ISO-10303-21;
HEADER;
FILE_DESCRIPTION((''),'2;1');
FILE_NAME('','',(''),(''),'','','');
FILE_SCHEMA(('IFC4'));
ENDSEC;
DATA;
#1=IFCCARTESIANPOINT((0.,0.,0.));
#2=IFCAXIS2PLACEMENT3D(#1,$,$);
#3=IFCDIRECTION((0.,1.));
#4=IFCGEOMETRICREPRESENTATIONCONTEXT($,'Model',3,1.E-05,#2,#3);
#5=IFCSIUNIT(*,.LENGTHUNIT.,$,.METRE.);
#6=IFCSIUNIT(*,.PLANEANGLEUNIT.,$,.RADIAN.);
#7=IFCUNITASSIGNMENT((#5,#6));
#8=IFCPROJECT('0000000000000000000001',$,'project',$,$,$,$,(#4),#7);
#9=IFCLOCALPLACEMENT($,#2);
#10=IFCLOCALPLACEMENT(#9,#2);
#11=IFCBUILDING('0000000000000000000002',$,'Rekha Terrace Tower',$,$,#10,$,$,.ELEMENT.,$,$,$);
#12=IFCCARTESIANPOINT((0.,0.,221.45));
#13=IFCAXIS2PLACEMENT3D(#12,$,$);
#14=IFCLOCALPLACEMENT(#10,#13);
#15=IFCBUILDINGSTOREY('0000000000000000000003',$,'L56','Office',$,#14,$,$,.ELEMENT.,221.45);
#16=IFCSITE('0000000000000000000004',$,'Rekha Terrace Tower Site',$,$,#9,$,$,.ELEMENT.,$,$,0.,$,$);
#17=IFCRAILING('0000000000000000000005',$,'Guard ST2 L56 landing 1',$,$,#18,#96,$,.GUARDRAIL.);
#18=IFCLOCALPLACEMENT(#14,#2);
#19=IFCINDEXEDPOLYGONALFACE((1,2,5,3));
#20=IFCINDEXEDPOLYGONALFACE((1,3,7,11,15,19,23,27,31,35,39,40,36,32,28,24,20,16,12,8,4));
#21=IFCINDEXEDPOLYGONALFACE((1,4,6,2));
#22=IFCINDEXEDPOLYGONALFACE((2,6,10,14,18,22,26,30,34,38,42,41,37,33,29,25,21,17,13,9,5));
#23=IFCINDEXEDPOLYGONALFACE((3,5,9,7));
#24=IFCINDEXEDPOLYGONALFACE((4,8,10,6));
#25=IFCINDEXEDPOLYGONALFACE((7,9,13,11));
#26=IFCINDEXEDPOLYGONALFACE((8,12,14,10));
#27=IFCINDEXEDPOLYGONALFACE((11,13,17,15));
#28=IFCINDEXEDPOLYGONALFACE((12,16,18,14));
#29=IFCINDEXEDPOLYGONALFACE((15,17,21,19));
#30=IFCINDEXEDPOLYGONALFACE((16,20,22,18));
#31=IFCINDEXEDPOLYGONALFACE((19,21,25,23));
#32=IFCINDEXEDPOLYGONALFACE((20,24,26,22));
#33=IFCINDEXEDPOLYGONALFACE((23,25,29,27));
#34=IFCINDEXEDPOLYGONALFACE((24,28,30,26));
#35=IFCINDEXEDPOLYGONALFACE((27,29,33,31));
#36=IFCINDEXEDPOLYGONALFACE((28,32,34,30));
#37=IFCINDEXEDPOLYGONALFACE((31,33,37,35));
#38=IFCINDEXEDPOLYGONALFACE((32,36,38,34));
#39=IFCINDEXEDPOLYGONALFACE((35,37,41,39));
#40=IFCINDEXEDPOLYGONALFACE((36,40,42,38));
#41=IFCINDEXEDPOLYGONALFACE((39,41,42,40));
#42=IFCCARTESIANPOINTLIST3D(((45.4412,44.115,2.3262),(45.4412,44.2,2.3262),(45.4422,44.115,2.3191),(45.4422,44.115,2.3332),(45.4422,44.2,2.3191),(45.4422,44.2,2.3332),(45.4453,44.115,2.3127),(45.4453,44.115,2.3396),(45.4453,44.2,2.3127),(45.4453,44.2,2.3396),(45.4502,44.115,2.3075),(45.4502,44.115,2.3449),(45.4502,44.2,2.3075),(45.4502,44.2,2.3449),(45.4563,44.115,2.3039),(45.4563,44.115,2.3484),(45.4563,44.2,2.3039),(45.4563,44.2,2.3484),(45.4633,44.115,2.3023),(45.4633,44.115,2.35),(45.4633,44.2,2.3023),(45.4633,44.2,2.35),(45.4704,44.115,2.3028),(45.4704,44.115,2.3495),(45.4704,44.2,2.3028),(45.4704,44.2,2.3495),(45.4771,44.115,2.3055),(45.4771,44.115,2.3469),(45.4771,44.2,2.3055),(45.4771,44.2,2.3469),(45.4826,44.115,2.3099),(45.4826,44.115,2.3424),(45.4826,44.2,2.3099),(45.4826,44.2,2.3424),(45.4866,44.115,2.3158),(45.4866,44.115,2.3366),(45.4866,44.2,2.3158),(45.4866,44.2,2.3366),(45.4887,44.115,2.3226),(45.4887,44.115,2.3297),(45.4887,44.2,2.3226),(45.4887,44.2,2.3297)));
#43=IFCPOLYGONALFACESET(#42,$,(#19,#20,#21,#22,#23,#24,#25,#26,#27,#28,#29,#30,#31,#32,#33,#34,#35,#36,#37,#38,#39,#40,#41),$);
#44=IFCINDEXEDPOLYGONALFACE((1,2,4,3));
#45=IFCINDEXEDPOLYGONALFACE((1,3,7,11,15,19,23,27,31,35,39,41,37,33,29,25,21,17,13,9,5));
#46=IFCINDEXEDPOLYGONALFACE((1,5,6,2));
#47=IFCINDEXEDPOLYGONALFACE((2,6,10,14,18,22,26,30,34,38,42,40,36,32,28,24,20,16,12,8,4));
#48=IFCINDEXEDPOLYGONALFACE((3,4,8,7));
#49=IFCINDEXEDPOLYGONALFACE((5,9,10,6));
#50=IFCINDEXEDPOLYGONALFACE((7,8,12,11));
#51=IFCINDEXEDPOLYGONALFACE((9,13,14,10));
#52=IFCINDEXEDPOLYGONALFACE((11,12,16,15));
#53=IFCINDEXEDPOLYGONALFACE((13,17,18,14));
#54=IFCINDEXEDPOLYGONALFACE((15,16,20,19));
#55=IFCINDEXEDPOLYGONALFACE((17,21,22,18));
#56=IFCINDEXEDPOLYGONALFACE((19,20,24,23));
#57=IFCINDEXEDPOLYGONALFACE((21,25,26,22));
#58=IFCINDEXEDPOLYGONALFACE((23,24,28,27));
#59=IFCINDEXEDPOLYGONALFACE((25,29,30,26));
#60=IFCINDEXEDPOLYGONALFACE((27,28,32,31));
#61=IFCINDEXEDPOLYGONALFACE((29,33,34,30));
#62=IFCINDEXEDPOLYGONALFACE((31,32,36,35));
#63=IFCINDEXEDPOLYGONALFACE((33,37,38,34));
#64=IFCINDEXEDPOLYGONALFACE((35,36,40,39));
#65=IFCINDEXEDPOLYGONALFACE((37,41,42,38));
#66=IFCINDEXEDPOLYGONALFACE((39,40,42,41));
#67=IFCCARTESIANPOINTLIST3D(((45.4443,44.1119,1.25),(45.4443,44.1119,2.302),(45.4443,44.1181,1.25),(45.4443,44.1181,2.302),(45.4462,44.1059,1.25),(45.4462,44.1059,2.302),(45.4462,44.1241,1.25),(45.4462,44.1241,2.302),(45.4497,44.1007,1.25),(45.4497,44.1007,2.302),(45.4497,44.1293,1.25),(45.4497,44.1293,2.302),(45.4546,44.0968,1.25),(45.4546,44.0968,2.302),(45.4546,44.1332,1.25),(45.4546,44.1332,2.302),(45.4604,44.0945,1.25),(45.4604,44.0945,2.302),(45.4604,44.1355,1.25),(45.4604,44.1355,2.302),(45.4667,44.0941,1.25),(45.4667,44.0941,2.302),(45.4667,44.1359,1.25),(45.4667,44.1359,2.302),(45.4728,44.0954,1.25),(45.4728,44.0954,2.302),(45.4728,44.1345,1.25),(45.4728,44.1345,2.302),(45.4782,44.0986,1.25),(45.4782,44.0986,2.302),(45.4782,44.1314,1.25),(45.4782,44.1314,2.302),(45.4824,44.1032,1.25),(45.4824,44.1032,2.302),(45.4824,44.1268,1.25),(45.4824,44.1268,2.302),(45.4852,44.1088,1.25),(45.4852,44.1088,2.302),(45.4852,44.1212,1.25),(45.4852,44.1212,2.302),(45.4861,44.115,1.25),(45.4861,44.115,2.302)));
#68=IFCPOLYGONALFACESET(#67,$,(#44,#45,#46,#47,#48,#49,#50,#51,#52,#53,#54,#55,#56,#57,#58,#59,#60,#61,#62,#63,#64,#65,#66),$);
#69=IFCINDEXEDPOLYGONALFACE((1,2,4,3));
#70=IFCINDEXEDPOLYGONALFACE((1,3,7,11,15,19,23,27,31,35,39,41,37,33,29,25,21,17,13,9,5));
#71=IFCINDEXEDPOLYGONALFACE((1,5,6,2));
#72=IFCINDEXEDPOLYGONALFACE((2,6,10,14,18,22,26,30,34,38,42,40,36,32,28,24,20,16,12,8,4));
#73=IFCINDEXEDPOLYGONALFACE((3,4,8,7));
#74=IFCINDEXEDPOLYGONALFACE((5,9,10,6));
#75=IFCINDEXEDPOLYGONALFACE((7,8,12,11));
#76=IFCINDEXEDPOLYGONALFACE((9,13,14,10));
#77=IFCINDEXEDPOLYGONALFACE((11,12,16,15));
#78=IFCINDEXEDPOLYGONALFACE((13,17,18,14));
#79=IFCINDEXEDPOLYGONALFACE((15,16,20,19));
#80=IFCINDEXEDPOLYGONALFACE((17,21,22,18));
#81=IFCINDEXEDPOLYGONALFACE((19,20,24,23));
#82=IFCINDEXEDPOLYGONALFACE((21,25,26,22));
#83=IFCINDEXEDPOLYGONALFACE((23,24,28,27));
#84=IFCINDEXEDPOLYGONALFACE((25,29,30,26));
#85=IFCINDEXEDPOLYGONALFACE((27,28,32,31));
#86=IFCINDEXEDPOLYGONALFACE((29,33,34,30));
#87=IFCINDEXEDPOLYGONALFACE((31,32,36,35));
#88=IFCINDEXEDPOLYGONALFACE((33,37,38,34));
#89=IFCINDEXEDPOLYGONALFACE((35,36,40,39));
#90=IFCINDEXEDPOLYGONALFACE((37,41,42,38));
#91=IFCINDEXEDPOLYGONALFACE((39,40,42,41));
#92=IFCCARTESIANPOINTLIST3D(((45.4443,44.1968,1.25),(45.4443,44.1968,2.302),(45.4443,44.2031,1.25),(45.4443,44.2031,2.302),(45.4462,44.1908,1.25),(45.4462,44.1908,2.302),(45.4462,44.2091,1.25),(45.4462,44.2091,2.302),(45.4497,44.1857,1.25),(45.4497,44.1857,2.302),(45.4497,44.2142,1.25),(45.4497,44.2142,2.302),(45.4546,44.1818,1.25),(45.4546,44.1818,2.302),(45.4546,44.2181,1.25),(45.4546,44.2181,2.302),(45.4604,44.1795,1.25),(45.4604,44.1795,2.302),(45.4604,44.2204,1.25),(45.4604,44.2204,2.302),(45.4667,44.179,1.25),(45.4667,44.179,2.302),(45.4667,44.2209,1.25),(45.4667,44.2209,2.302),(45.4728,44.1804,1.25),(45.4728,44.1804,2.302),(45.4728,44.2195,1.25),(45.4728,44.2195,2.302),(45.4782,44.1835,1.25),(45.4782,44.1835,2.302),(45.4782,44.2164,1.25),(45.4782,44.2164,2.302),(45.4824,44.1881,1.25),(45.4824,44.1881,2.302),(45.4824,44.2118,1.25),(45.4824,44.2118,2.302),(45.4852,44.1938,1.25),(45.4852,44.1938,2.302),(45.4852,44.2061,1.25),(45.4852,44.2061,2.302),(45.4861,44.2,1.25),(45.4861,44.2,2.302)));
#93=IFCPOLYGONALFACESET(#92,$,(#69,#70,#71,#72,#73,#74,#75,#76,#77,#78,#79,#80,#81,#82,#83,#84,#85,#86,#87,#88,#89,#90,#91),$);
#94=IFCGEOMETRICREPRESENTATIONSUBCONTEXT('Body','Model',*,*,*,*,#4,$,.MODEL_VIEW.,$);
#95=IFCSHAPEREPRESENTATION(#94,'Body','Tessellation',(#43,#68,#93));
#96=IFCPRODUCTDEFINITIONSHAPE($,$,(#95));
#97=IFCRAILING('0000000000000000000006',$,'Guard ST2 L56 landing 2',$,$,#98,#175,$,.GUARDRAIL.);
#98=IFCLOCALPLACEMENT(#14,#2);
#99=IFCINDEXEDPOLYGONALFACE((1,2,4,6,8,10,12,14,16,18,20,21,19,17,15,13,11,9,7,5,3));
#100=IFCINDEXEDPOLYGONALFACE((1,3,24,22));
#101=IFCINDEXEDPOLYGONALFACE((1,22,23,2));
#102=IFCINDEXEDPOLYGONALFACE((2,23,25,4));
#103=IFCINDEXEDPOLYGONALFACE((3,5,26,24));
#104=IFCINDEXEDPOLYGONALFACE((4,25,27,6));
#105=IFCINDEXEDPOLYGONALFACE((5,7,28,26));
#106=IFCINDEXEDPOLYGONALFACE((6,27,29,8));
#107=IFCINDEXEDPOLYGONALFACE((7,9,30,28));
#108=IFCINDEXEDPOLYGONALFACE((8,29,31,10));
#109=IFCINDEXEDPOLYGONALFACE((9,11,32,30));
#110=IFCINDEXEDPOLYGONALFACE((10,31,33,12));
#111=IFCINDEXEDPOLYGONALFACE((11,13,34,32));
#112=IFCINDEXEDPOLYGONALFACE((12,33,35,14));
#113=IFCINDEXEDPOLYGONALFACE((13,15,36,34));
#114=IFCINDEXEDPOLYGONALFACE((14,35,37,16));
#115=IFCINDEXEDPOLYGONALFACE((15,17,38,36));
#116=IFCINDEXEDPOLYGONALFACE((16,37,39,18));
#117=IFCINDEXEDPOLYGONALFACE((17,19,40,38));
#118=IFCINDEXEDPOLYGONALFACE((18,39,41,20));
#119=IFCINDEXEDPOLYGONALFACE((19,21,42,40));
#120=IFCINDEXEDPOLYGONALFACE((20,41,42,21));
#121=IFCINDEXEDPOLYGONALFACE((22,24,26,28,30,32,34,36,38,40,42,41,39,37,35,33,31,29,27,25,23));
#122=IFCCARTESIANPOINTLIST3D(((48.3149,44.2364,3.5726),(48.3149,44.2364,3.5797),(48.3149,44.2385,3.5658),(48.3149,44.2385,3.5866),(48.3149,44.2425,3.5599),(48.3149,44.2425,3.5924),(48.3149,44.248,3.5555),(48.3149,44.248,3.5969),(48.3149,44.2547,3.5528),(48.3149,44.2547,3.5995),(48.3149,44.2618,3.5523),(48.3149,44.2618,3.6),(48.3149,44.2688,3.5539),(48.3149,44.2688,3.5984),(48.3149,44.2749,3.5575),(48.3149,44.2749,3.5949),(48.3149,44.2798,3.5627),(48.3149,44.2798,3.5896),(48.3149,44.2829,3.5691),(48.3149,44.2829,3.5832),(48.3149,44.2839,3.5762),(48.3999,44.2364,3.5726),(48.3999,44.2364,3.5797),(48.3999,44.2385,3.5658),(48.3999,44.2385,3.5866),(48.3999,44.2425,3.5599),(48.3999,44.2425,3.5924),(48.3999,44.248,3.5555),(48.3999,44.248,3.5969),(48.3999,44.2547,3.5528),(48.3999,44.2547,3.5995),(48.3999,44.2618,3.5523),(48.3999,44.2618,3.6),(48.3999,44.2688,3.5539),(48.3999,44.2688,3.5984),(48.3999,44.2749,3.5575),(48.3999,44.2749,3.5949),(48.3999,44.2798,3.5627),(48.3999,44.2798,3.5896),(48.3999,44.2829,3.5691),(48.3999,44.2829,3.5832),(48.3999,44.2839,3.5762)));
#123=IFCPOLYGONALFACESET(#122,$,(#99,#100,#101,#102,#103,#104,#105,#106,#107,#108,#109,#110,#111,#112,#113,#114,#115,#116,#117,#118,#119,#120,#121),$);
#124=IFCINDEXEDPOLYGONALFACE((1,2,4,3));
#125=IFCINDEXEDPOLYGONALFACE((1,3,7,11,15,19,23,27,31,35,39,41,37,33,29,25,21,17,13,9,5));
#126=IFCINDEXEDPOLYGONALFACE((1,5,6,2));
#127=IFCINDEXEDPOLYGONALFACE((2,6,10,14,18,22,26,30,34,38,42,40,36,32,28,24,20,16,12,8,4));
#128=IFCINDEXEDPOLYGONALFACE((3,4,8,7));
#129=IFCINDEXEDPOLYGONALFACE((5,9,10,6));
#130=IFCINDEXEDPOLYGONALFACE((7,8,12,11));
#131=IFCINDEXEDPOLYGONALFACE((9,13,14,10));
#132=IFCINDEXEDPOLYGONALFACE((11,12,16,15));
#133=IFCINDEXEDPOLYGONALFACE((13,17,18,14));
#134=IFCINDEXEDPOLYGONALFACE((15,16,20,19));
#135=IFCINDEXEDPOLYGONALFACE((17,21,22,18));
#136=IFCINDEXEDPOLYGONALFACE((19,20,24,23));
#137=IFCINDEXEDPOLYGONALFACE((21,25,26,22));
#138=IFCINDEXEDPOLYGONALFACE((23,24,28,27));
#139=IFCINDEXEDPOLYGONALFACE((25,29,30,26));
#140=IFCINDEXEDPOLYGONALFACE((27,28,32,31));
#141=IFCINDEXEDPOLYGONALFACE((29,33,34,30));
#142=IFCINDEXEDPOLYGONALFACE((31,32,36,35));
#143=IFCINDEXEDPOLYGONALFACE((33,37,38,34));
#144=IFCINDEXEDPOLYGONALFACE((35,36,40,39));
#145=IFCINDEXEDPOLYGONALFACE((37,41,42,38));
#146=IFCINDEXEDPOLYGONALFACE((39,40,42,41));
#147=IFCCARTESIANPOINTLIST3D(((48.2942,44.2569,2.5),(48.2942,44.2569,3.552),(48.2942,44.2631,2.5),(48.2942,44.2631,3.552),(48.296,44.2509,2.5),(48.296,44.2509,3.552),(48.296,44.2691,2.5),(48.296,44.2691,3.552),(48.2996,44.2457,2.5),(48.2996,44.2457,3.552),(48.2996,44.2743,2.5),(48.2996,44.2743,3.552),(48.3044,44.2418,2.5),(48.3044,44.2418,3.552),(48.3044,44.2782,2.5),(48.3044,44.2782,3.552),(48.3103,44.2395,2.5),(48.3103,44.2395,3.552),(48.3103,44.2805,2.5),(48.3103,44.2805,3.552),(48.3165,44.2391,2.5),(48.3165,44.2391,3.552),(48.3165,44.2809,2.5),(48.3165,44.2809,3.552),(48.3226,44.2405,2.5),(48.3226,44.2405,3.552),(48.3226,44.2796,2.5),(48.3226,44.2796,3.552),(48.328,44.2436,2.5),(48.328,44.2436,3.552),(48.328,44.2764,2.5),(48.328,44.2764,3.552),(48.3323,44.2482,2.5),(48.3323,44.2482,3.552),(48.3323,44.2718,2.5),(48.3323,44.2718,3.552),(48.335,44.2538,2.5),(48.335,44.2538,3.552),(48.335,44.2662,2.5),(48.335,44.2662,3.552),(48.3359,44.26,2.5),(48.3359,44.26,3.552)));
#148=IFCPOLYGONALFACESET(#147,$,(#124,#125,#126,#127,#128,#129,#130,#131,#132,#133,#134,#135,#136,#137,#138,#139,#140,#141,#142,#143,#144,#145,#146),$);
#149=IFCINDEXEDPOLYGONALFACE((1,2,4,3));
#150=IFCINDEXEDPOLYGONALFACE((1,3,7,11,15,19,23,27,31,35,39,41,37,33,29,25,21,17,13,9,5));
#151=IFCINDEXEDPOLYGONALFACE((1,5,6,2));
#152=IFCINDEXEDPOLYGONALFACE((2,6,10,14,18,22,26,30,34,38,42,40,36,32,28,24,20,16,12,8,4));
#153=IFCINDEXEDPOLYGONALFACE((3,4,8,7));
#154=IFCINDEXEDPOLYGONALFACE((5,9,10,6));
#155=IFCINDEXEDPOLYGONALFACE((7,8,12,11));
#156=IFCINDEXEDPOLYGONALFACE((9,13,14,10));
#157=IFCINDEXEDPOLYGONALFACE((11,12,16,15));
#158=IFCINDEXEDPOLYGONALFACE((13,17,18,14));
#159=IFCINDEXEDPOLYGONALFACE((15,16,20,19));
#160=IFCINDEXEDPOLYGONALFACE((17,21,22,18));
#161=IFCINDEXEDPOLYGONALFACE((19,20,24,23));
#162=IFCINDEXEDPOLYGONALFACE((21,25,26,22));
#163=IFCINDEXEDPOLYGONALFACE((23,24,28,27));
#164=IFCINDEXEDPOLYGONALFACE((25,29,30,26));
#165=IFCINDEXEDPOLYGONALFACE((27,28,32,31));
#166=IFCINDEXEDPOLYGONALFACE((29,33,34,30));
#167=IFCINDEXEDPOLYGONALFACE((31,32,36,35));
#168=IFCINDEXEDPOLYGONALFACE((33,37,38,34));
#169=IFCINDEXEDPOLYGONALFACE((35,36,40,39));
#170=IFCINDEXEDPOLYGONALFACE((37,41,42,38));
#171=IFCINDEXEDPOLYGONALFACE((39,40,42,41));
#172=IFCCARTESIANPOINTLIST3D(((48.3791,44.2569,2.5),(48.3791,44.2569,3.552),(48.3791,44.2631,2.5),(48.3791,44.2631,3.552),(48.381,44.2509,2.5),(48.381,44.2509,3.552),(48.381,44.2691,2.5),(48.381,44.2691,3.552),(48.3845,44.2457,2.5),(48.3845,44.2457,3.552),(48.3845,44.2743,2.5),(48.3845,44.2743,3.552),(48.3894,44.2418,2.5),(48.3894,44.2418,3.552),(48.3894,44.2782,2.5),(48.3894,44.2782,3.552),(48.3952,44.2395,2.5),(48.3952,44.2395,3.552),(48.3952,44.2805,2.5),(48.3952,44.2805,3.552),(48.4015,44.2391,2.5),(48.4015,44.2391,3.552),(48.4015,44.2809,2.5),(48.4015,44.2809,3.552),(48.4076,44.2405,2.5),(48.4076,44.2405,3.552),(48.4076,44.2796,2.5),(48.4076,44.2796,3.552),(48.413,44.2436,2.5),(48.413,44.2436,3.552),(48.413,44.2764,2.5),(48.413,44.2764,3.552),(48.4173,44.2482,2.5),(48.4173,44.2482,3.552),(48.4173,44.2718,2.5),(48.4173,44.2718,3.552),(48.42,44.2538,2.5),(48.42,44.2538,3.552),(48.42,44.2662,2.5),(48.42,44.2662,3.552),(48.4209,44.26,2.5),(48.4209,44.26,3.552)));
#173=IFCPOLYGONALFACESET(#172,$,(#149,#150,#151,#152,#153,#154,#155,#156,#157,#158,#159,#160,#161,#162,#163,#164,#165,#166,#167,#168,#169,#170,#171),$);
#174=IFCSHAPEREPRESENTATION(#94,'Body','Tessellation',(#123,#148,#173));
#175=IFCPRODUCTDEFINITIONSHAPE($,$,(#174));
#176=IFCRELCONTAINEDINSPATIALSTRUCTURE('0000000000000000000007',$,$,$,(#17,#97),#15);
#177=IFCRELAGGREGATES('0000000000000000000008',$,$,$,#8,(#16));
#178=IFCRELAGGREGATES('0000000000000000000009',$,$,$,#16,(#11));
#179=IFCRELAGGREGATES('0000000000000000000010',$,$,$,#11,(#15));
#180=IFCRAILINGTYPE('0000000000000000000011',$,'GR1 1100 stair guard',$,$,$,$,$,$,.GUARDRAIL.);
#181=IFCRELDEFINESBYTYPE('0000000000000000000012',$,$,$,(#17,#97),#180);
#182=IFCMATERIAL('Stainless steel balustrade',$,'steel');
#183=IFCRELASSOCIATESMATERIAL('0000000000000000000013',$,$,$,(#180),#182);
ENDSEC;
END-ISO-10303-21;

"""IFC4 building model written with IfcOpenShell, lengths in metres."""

from ifc_helpers import new_model, si_unit, direction, frame, origin, origin_2d, place, context, subcontext, project, spatial, circle, extrude, material, type_object, element, save


model = new_model("IFC4")

# Units and contexts
model_context = context("Model", 3, precision=1e-05, world=origin(), true_north=direction((0.0, 1.0)))
body_context = subcontext(model_context, "Body", "Model", "MODEL_VIEW")
ifc_project = project(units=[si_unit("LENGTHUNIT", "METRE"), si_unit("PLANEANGLEUNIT", "RADIAN")], contexts=[model_context])

# Site, building, storey
site_placement = place(None, origin())
site = spatial("IfcSite", under=ifc_project, at=site_placement, Name="Rekha Terrace Tower Site", CompositionType="ELEMENT", RefElevation=0.0)
building_placement = place(site_placement, origin())
building = spatial("IfcBuilding", under=site, at=building_placement, Name="Rekha Terrace Tower", CompositionType="ELEMENT")
storey_placement = place(building_placement, frame((0.0, 0.0, 221.45)))
storey = spatial("IfcBuildingStorey", under=building, at=storey_placement, Name="L56", Description="Office", CompositionType="ELEMENT", Elevation=221.45)

# Railings
ifc_material_1 = material(Name="Stainless steel balustrade", Category="steel")
railing_type_1 = type_object("IfcRailingType", Name="GR1 1100 stair guard", PredefinedType="GUARDRAIL", material=ifc_material_1)
railing_1_placement = place(storey_placement, frame((45.4651, 44.115, 1.25)))
element("IfcRailing", 1, at=railing_1_placement, inside=storey, type_object=railing_type_1, Name="Guard ST2 L56 landing 1", PredefinedType="GUARDRAIL", context=body_context, shape_type="SweptSolid", body=[
    extrude(circle(Radius=0.0239, at=origin_2d()), frame((0.0, 0.0, 1.0762), z_axis=(0.0, 1.0, 0.0), x_axis=(-1.0, 0.0, 0.0)), (0.0, 0.0, 1.0), 0.085),
    extrude(circle(Radius=0.021, at=origin_2d()), origin(), (0.0, 0.0, 1.0), 1.052),
    extrude(circle(Radius=0.021, at=origin_2d()), frame((0.0, 0.085, 0.0)), (0.0, 0.0, 1.0), 1.052),
])
railing_2_placement = place(storey_placement, frame((48.3149, 44.26, 2.5)))
element("IfcRailing", 2, at=railing_2_placement, inside=storey, type_object=railing_type_1, Name="Guard ST2 L56 landing 2", PredefinedType="GUARDRAIL", context=body_context, shape_type="SweptSolid", body=[
    extrude(circle(Radius=0.0239, at=origin_2d()), frame((0.0, 0.0, 1.0762), z_axis=(1.0, 0.0, 0.0), x_axis=(0.0, 1.0, 0.0)), (0.0, 0.0, 1.0), 0.085),
    extrude(circle(Radius=0.021, at=origin_2d()), origin(), (0.0, 0.0, 1.0), 1.052),
    extrude(circle(Radius=0.021, at=origin_2d()), frame((0.085, 0.0, 0.0)), (0.0, 0.0, 1.0), 1.052),
])

save(model, "model.ifc")
